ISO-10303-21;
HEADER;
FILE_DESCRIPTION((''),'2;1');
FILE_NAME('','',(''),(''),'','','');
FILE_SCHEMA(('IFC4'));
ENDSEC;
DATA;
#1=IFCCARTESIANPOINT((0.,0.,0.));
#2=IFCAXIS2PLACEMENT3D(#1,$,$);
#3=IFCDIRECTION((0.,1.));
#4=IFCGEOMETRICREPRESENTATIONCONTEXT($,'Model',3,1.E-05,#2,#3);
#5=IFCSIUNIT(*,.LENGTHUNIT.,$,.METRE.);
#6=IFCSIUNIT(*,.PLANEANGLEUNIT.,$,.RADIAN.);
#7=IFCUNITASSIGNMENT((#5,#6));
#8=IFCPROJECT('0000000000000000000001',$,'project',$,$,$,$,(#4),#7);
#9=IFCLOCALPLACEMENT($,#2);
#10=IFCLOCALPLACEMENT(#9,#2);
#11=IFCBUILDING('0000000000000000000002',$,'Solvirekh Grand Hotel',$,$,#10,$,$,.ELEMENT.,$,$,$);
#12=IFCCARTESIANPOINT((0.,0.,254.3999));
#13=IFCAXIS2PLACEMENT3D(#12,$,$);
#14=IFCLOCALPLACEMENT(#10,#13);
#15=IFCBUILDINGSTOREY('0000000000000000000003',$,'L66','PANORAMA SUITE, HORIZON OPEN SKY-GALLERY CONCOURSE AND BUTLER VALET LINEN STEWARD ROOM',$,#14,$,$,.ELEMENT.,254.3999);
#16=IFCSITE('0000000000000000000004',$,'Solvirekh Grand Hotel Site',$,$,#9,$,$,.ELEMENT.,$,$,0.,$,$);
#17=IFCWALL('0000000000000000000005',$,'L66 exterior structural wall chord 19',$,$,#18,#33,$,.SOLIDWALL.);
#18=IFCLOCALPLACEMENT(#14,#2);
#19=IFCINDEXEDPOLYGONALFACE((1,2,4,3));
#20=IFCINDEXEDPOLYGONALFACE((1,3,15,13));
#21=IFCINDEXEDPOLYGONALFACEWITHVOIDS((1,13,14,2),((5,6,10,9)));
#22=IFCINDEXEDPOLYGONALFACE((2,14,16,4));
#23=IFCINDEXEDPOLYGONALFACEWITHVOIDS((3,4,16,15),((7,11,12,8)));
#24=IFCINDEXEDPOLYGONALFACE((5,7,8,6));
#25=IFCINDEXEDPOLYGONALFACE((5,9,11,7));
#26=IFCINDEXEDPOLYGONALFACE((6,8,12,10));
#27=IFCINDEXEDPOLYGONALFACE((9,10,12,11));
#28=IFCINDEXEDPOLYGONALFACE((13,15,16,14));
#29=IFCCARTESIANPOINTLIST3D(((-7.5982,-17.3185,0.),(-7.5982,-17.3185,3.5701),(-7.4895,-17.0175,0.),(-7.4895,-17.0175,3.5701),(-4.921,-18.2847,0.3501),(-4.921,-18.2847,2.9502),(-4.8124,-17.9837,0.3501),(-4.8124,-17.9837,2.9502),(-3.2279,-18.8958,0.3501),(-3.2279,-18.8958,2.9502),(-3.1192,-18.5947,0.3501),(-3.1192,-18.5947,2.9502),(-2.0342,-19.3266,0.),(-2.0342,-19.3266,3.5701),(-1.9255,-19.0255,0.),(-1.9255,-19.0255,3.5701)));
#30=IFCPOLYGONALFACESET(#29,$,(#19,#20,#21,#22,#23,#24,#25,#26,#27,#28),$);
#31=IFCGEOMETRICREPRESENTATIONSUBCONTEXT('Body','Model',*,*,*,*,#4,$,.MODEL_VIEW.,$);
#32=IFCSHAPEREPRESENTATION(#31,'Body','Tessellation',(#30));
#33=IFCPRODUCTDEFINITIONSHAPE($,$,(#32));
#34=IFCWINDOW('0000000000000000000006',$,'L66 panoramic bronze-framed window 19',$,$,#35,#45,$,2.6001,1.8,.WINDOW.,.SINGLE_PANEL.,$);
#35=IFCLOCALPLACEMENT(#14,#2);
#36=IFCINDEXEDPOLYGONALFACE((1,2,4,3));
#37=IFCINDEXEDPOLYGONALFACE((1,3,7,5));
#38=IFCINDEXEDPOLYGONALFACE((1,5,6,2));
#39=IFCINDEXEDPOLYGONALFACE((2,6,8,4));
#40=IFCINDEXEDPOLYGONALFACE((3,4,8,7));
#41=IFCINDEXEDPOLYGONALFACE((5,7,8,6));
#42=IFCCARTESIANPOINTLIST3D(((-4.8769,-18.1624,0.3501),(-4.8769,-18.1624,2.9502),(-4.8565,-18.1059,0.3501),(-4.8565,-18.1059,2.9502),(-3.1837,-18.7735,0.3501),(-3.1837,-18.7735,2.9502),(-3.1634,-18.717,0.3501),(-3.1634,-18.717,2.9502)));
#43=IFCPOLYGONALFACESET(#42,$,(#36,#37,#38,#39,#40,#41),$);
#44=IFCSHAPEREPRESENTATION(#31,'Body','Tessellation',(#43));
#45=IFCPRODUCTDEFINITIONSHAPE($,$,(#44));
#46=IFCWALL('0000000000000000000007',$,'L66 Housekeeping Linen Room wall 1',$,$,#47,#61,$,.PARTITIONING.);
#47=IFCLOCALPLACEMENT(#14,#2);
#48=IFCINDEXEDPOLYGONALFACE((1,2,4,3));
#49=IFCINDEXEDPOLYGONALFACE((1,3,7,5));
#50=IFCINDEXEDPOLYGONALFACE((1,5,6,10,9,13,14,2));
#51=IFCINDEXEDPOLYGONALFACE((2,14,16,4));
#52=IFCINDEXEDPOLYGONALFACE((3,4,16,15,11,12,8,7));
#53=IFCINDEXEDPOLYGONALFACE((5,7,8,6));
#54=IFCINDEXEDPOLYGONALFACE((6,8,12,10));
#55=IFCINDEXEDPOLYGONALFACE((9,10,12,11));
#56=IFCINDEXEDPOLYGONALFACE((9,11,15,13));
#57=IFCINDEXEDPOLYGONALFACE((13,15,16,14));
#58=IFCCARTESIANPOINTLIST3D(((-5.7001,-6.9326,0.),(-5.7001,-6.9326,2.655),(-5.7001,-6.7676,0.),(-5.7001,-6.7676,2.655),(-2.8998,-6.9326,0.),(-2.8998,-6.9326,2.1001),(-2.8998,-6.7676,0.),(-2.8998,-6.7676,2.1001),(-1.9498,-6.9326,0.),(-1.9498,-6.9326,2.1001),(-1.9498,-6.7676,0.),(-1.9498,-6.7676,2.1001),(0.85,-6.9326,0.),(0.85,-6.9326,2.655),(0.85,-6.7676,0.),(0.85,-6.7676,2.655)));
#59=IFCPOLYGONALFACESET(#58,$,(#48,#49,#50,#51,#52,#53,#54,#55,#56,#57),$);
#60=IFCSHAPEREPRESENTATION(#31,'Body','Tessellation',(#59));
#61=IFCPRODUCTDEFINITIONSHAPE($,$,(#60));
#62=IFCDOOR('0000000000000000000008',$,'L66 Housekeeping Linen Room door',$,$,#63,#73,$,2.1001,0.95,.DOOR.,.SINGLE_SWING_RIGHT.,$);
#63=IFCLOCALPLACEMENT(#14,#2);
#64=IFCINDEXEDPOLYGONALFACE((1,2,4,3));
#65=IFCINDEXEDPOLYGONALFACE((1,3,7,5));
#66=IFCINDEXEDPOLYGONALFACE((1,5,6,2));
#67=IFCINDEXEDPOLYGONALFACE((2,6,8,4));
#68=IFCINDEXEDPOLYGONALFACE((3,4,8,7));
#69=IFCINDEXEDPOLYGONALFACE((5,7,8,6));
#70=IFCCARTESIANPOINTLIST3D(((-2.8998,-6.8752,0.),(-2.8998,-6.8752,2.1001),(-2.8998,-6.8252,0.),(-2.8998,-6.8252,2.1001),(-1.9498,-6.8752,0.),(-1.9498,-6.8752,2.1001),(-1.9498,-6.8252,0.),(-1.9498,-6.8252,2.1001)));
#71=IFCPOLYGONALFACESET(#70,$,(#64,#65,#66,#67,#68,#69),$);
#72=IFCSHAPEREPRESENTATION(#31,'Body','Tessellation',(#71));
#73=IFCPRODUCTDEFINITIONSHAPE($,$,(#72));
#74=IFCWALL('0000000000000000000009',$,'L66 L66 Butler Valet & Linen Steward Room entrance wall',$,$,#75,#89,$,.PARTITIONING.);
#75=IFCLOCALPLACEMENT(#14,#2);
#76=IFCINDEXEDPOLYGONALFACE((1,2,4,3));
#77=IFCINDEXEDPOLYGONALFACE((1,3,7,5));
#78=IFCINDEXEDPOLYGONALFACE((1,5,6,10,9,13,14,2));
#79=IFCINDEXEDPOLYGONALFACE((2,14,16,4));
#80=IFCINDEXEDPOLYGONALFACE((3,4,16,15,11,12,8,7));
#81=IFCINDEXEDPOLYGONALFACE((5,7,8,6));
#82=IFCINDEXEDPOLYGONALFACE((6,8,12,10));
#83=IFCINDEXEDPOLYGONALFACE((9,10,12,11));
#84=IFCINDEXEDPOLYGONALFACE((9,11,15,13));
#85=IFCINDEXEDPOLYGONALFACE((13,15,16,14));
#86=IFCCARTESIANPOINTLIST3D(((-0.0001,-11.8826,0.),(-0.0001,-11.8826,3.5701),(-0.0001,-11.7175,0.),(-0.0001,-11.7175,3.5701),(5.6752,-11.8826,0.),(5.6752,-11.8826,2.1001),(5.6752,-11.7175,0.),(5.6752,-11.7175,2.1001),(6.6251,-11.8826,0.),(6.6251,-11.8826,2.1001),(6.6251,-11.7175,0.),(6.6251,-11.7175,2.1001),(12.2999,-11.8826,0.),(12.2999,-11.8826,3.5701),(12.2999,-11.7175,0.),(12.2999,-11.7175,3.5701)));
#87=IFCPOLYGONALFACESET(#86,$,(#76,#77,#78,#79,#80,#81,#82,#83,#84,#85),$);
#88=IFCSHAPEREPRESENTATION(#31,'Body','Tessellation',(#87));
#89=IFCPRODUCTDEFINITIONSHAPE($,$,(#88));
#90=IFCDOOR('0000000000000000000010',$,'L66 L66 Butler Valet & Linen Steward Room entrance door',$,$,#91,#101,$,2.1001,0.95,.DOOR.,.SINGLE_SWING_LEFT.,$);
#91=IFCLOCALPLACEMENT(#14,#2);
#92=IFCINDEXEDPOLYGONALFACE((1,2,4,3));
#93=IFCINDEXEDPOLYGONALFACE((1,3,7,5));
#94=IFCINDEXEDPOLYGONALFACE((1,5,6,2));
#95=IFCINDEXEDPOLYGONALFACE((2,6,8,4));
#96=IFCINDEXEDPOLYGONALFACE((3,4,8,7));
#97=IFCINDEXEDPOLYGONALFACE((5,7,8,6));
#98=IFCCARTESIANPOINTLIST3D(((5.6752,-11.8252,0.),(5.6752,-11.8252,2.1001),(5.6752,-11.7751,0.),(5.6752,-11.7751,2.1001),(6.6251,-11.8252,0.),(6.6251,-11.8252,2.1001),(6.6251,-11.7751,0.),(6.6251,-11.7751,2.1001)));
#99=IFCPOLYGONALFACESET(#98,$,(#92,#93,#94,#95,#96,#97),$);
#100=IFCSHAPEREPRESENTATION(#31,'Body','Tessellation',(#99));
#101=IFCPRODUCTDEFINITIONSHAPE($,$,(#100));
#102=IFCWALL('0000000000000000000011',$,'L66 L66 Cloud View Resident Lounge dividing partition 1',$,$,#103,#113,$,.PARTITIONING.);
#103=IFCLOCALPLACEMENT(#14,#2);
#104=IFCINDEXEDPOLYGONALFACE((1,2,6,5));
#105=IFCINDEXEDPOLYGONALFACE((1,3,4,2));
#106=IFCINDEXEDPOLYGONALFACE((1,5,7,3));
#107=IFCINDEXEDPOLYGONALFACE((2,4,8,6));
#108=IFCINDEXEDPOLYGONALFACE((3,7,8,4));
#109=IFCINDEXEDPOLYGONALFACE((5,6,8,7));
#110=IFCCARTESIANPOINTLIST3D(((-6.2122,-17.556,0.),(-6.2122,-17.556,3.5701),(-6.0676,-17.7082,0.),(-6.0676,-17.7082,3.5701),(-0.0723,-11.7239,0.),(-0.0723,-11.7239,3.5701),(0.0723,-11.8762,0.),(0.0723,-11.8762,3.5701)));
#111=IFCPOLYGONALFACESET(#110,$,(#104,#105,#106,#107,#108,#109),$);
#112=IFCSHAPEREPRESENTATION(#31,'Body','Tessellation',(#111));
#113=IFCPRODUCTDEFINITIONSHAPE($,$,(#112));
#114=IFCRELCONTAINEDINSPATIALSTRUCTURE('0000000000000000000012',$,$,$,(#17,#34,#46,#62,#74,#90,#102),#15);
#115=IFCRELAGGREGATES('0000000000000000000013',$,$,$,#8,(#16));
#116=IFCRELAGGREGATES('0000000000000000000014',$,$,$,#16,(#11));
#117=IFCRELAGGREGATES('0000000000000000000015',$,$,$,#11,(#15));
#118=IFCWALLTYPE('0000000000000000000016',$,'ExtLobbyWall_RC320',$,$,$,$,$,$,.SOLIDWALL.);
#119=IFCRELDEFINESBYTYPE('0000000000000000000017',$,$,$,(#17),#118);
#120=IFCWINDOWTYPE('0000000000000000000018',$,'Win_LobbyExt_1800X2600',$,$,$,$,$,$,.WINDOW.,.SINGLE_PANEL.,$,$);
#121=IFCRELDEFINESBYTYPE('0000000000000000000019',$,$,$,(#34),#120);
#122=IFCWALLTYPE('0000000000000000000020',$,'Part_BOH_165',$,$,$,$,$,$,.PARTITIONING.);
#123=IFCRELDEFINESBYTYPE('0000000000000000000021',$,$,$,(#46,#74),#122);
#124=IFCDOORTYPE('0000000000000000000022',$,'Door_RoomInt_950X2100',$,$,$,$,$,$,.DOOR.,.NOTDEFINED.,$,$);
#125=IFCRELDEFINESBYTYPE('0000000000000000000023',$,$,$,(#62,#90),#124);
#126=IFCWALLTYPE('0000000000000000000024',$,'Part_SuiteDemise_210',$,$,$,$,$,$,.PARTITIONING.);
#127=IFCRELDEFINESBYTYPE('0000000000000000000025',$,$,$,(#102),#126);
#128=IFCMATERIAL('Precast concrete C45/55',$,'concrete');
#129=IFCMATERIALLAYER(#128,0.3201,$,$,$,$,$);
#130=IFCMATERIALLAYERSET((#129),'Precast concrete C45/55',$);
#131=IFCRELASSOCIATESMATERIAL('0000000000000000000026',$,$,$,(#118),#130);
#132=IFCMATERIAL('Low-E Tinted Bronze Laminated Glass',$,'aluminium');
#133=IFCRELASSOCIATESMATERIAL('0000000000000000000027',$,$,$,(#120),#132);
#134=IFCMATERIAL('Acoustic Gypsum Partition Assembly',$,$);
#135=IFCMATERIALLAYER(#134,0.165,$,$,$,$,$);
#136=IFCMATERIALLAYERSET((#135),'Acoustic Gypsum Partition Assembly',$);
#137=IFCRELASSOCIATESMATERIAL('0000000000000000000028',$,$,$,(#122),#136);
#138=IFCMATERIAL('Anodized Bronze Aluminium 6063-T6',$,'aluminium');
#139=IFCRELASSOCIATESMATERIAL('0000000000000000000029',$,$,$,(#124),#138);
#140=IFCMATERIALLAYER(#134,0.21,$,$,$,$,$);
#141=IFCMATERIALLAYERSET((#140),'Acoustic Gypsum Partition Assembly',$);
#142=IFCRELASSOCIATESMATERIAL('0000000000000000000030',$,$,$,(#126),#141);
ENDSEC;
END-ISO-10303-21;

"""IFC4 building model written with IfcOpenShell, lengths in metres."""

from ifc_helpers import new_model, si_unit, direction, frame, frame_2d, origin, place, context, subcontext, project, spatial, rectangle, extrude, material, layer, layer_set, type_object, element, fill, save


model = new_model("IFC4")

# Units and contexts
model_context = context("Model", 3, precision=1e-05, world=origin(), true_north=direction((0.0, 1.0)))
body_context = subcontext(model_context, "Body", "Model", "MODEL_VIEW")
ifc_project = project(units=[si_unit("LENGTHUNIT", "METRE"), si_unit("PLANEANGLEUNIT", "RADIAN")], contexts=[model_context])

# Site, building, storey
site_placement = place(None, origin())
site = spatial("IfcSite", under=ifc_project, at=site_placement, Name="Solvirekh Grand Hotel Site", CompositionType="ELEMENT", RefElevation=0.0)
building_placement = place(site_placement, origin())
building = spatial("IfcBuilding", under=site, at=building_placement, Name="Solvirekh Grand Hotel", CompositionType="ELEMENT")
storey_placement = place(building_placement, frame((0.0, 0.0, 254.3999)))
storey = spatial("IfcBuildingStorey", under=building, at=storey_placement, Name="L66", Description="PANORAMA SUITE, HORIZON OPEN SKY-GALLERY CONCOURSE AND BUTLER VALET LINEN STEWARD ROOM", CompositionType="ELEMENT", Elevation=254.3999)

# Shared definitions
ifc_material_1 = material(Name="Anodized Bronze Aluminium 6063-T6", Category="aluminium")
ifc_material_2 = material(Name="Low-E Tinted Bronze Laminated Glass", Category="aluminium")

# Wall, opening, window
ifc_material_3 = material(Name="Precast concrete C45/55", Category="concrete")
ifc_layer_1 = layer(ifc_material_3, 0.3201)
ifc_layer_set_1 = layer_set([ifc_layer_1], Name="Precast concrete C45/55")
wall_type_1 = type_object("IfcWallType", Name="ExtLobbyWall_RC320", PredefinedType="SOLIDWALL", material=ifc_layer_set_1)
wall_1_placement = place(storey_placement, frame((-1.98, -19.176, 0.0), z_axis=(0.0, 0.0, 1.0), x_axis=(-0.940616, 0.339472, 0.0)))
wall_1 = element("IfcWall", 1, at=wall_1_placement, inside=storey, type_object=wall_type_1, Name="L66 exterior structural wall chord 19", PredefinedType="SOLIDWALL", context=body_context, shape_type="SweptSolid", body=[
    extrude(rectangle(XDim=5.9153, YDim=0.3201, at=frame_2d((2.9575, 0.0))), origin(), (0.0, 0.0, 1.0), 3.5701),
])
opening_1_placement = place(wall_1_placement, frame((1.269, 0.0, 0.3501)))
opening_1 = element("IfcOpeningElement", 2, at=opening_1_placement, cuts=wall_1, PredefinedType="OPENING", context=body_context, shape_type="SweptSolid", body=[
    extrude(rectangle(XDim=1.8, YDim=2.6001, at=frame_2d((0.8999, 1.3))), frame((0.0, 0.1699, 0.0), z_axis=(0.0, -1.0, 0.0), x_axis=(1.0, 0.0, 0.0)), (0.0, 0.0, 1.0), 0.3401),
])
window_type = type_object("IfcWindowType", Name="Win_LobbyExt_1800X2600", PartitioningType="SINGLE_PANEL", PredefinedType="WINDOW", material=ifc_material_2)
window_placement = place(opening_1_placement, origin())
window = element("IfcWindow", 3, at=window_placement, inside=storey, type_object=window_type, Name="L66 panoramic bronze-framed window 19", OverallHeight=2.6001, OverallWidth=1.8, PartitioningType="SINGLE_PANEL", PredefinedType="WINDOW", context=body_context, shape_type="SweptSolid", body=[
    extrude(rectangle(XDim=1.8, YDim=2.6001, at=frame_2d((0.8999, 1.3))), frame((0.0, 0.03, 0.0), z_axis=(0.0, -1.0, 0.0), x_axis=(1.0, 0.0, 0.0)), (0.0, 0.0, 1.0), 0.0601),
])
fill(opening_1, window)

# Walls, openings, doors
ifc_material_4 = material(Name="Acoustic Gypsum Partition Assembly")
ifc_layer_2 = layer(ifc_material_4, 0.165)
ifc_layer_set_2 = layer_set([ifc_layer_2], Name="Acoustic Gypsum Partition Assembly")
wall_type_2 = type_object("IfcWallType", Name="Part_BOH_165", PredefinedType="PARTITIONING", material=ifc_layer_set_2)
wall_2_placement = place(storey_placement, frame((-5.7, -6.8501, 0.0), z_axis=(0.0, 0.0, 1.0), x_axis=(1.0, 0.0, 0.0)))
wall_2 = element("IfcWall", 4, at=wall_2_placement, inside=storey, type_object=wall_type_2, Name="L66 Housekeeping Linen Room wall 1", PredefinedType="PARTITIONING", context=body_context, shape_type="SweptSolid", body=[
    extrude(rectangle(XDim=6.55, YDim=0.165, at=frame_2d((3.2749, 0.0))), origin(), (0.0, 0.0, 1.0), 2.655),
])
opening_2_placement = place(wall_2_placement, frame((2.8, 0.0, 0.0)))
opening_2 = element("IfcOpeningElement", 5, at=opening_2_placement, cuts=wall_2, PredefinedType="OPENING", context=body_context, shape_type="SweptSolid", body=[
    extrude(rectangle(XDim=0.95, YDim=2.1001, at=frame_2d((0.4751, 1.05))), frame((0.0, 0.0925, 0.0), z_axis=(0.0, -1.0, 0.0), x_axis=(1.0, 0.0, 0.0)), (0.0, 0.0, 1.0), 0.1851),
])
door_type = type_object("IfcDoorType", Name="Door_RoomInt_950X2100", OperationType="NOTDEFINED", PredefinedType="DOOR", material=ifc_material_1)
door_1_placement = place(opening_2_placement, origin())
door_1 = element("IfcDoor", 6, at=door_1_placement, inside=storey, type_object=door_type, Name="L66 Housekeeping Linen Room door", OperationType="SINGLE_SWING_RIGHT", OverallHeight=2.1001, OverallWidth=0.95, PredefinedType="DOOR", context=body_context, shape_type="SweptSolid", body=[
    extrude(rectangle(XDim=0.95, YDim=2.1001, at=frame_2d((0.4751, 1.05))), frame((0.0, 0.0249, 0.0), z_axis=(0.0, -1.0, 0.0), x_axis=(1.0, 0.0, 0.0)), (0.0, 0.0, 1.0), 0.05),
])
fill(opening_2, door_1)
wall_3_placement = place(storey_placement, frame((0.0, -11.8, 0.0), z_axis=(0.0, 0.0, 1.0), x_axis=(1.0, 0.0, 0.0)))
wall_3 = element("IfcWall", 7, at=wall_3_placement, inside=storey, type_object=wall_type_2, Name="L66 L66 Butler Valet & Linen Steward Room entrance wall", PredefinedType="PARTITIONING", context=body_context, shape_type="SweptSolid", body=[
    extrude(rectangle(XDim=12.3, YDim=0.165, at=frame_2d((6.1499, 0.0))), origin(), (0.0, 0.0, 1.0), 3.5701),
])
opening_3_placement = place(wall_3_placement, frame((5.675, 0.0, 0.0)))
opening_3 = element("IfcOpeningElement", 8, at=opening_3_placement, cuts=wall_3, PredefinedType="OPENING", context=body_context, shape_type="SweptSolid", body=[
    extrude(rectangle(XDim=0.95, YDim=2.1001, at=frame_2d((0.4751, 1.05))), frame((0.0, 0.0925, 0.0), z_axis=(0.0, -1.0, 0.0), x_axis=(1.0, 0.0, 0.0)), (0.0, 0.0, 1.0), 0.1851),
])
door_2_placement = place(opening_3_placement, origin())
door_2 = element("IfcDoor", 9, at=door_2_placement, inside=storey, type_object=door_type, Name="L66 L66 Butler Valet & Linen Steward Room entrance door", OperationType="SINGLE_SWING_LEFT", OverallHeight=2.1001, OverallWidth=0.95, PredefinedType="DOOR", context=body_context, shape_type="SweptSolid", body=[
    extrude(rectangle(XDim=0.95, YDim=2.1001, at=frame_2d((0.4751, 1.05))), frame((0.0, 0.0249, 0.0), z_axis=(0.0, -1.0, 0.0), x_axis=(1.0, 0.0, 0.0)), (0.0, 0.0, 1.0), 0.05),
])
fill(opening_3, door_2)

# Wall
ifc_layer_3 = layer(ifc_material_4, 0.21)
ifc_layer_set_3 = layer_set([ifc_layer_3], Name="Acoustic Gypsum Partition Assembly")
wall_type_3 = type_object("IfcWallType", Name="Part_SuiteDemise_210", PredefinedType="PARTITIONING", material=ifc_layer_set_3)
wall_4_placement = place(storey_placement, frame((0.0, -11.8, 0.0), z_axis=(0.0, 0.0, 1.0), x_axis=(-0.725051, -0.688696, 0.0)))
element("IfcWall", 10, at=wall_4_placement, inside=storey, type_object=wall_type_3, Name="L66 L66 Cloud View Resident Lounge dividing partition 1", PredefinedType="PARTITIONING", context=body_context, shape_type="SweptSolid", body=[
    extrude(rectangle(XDim=8.4683, YDim=0.21, at=frame_2d((4.2341, 0.0))), origin(), (0.0, 0.0, 1.0), 3.5701),
])

save(model, "model.ifc")
